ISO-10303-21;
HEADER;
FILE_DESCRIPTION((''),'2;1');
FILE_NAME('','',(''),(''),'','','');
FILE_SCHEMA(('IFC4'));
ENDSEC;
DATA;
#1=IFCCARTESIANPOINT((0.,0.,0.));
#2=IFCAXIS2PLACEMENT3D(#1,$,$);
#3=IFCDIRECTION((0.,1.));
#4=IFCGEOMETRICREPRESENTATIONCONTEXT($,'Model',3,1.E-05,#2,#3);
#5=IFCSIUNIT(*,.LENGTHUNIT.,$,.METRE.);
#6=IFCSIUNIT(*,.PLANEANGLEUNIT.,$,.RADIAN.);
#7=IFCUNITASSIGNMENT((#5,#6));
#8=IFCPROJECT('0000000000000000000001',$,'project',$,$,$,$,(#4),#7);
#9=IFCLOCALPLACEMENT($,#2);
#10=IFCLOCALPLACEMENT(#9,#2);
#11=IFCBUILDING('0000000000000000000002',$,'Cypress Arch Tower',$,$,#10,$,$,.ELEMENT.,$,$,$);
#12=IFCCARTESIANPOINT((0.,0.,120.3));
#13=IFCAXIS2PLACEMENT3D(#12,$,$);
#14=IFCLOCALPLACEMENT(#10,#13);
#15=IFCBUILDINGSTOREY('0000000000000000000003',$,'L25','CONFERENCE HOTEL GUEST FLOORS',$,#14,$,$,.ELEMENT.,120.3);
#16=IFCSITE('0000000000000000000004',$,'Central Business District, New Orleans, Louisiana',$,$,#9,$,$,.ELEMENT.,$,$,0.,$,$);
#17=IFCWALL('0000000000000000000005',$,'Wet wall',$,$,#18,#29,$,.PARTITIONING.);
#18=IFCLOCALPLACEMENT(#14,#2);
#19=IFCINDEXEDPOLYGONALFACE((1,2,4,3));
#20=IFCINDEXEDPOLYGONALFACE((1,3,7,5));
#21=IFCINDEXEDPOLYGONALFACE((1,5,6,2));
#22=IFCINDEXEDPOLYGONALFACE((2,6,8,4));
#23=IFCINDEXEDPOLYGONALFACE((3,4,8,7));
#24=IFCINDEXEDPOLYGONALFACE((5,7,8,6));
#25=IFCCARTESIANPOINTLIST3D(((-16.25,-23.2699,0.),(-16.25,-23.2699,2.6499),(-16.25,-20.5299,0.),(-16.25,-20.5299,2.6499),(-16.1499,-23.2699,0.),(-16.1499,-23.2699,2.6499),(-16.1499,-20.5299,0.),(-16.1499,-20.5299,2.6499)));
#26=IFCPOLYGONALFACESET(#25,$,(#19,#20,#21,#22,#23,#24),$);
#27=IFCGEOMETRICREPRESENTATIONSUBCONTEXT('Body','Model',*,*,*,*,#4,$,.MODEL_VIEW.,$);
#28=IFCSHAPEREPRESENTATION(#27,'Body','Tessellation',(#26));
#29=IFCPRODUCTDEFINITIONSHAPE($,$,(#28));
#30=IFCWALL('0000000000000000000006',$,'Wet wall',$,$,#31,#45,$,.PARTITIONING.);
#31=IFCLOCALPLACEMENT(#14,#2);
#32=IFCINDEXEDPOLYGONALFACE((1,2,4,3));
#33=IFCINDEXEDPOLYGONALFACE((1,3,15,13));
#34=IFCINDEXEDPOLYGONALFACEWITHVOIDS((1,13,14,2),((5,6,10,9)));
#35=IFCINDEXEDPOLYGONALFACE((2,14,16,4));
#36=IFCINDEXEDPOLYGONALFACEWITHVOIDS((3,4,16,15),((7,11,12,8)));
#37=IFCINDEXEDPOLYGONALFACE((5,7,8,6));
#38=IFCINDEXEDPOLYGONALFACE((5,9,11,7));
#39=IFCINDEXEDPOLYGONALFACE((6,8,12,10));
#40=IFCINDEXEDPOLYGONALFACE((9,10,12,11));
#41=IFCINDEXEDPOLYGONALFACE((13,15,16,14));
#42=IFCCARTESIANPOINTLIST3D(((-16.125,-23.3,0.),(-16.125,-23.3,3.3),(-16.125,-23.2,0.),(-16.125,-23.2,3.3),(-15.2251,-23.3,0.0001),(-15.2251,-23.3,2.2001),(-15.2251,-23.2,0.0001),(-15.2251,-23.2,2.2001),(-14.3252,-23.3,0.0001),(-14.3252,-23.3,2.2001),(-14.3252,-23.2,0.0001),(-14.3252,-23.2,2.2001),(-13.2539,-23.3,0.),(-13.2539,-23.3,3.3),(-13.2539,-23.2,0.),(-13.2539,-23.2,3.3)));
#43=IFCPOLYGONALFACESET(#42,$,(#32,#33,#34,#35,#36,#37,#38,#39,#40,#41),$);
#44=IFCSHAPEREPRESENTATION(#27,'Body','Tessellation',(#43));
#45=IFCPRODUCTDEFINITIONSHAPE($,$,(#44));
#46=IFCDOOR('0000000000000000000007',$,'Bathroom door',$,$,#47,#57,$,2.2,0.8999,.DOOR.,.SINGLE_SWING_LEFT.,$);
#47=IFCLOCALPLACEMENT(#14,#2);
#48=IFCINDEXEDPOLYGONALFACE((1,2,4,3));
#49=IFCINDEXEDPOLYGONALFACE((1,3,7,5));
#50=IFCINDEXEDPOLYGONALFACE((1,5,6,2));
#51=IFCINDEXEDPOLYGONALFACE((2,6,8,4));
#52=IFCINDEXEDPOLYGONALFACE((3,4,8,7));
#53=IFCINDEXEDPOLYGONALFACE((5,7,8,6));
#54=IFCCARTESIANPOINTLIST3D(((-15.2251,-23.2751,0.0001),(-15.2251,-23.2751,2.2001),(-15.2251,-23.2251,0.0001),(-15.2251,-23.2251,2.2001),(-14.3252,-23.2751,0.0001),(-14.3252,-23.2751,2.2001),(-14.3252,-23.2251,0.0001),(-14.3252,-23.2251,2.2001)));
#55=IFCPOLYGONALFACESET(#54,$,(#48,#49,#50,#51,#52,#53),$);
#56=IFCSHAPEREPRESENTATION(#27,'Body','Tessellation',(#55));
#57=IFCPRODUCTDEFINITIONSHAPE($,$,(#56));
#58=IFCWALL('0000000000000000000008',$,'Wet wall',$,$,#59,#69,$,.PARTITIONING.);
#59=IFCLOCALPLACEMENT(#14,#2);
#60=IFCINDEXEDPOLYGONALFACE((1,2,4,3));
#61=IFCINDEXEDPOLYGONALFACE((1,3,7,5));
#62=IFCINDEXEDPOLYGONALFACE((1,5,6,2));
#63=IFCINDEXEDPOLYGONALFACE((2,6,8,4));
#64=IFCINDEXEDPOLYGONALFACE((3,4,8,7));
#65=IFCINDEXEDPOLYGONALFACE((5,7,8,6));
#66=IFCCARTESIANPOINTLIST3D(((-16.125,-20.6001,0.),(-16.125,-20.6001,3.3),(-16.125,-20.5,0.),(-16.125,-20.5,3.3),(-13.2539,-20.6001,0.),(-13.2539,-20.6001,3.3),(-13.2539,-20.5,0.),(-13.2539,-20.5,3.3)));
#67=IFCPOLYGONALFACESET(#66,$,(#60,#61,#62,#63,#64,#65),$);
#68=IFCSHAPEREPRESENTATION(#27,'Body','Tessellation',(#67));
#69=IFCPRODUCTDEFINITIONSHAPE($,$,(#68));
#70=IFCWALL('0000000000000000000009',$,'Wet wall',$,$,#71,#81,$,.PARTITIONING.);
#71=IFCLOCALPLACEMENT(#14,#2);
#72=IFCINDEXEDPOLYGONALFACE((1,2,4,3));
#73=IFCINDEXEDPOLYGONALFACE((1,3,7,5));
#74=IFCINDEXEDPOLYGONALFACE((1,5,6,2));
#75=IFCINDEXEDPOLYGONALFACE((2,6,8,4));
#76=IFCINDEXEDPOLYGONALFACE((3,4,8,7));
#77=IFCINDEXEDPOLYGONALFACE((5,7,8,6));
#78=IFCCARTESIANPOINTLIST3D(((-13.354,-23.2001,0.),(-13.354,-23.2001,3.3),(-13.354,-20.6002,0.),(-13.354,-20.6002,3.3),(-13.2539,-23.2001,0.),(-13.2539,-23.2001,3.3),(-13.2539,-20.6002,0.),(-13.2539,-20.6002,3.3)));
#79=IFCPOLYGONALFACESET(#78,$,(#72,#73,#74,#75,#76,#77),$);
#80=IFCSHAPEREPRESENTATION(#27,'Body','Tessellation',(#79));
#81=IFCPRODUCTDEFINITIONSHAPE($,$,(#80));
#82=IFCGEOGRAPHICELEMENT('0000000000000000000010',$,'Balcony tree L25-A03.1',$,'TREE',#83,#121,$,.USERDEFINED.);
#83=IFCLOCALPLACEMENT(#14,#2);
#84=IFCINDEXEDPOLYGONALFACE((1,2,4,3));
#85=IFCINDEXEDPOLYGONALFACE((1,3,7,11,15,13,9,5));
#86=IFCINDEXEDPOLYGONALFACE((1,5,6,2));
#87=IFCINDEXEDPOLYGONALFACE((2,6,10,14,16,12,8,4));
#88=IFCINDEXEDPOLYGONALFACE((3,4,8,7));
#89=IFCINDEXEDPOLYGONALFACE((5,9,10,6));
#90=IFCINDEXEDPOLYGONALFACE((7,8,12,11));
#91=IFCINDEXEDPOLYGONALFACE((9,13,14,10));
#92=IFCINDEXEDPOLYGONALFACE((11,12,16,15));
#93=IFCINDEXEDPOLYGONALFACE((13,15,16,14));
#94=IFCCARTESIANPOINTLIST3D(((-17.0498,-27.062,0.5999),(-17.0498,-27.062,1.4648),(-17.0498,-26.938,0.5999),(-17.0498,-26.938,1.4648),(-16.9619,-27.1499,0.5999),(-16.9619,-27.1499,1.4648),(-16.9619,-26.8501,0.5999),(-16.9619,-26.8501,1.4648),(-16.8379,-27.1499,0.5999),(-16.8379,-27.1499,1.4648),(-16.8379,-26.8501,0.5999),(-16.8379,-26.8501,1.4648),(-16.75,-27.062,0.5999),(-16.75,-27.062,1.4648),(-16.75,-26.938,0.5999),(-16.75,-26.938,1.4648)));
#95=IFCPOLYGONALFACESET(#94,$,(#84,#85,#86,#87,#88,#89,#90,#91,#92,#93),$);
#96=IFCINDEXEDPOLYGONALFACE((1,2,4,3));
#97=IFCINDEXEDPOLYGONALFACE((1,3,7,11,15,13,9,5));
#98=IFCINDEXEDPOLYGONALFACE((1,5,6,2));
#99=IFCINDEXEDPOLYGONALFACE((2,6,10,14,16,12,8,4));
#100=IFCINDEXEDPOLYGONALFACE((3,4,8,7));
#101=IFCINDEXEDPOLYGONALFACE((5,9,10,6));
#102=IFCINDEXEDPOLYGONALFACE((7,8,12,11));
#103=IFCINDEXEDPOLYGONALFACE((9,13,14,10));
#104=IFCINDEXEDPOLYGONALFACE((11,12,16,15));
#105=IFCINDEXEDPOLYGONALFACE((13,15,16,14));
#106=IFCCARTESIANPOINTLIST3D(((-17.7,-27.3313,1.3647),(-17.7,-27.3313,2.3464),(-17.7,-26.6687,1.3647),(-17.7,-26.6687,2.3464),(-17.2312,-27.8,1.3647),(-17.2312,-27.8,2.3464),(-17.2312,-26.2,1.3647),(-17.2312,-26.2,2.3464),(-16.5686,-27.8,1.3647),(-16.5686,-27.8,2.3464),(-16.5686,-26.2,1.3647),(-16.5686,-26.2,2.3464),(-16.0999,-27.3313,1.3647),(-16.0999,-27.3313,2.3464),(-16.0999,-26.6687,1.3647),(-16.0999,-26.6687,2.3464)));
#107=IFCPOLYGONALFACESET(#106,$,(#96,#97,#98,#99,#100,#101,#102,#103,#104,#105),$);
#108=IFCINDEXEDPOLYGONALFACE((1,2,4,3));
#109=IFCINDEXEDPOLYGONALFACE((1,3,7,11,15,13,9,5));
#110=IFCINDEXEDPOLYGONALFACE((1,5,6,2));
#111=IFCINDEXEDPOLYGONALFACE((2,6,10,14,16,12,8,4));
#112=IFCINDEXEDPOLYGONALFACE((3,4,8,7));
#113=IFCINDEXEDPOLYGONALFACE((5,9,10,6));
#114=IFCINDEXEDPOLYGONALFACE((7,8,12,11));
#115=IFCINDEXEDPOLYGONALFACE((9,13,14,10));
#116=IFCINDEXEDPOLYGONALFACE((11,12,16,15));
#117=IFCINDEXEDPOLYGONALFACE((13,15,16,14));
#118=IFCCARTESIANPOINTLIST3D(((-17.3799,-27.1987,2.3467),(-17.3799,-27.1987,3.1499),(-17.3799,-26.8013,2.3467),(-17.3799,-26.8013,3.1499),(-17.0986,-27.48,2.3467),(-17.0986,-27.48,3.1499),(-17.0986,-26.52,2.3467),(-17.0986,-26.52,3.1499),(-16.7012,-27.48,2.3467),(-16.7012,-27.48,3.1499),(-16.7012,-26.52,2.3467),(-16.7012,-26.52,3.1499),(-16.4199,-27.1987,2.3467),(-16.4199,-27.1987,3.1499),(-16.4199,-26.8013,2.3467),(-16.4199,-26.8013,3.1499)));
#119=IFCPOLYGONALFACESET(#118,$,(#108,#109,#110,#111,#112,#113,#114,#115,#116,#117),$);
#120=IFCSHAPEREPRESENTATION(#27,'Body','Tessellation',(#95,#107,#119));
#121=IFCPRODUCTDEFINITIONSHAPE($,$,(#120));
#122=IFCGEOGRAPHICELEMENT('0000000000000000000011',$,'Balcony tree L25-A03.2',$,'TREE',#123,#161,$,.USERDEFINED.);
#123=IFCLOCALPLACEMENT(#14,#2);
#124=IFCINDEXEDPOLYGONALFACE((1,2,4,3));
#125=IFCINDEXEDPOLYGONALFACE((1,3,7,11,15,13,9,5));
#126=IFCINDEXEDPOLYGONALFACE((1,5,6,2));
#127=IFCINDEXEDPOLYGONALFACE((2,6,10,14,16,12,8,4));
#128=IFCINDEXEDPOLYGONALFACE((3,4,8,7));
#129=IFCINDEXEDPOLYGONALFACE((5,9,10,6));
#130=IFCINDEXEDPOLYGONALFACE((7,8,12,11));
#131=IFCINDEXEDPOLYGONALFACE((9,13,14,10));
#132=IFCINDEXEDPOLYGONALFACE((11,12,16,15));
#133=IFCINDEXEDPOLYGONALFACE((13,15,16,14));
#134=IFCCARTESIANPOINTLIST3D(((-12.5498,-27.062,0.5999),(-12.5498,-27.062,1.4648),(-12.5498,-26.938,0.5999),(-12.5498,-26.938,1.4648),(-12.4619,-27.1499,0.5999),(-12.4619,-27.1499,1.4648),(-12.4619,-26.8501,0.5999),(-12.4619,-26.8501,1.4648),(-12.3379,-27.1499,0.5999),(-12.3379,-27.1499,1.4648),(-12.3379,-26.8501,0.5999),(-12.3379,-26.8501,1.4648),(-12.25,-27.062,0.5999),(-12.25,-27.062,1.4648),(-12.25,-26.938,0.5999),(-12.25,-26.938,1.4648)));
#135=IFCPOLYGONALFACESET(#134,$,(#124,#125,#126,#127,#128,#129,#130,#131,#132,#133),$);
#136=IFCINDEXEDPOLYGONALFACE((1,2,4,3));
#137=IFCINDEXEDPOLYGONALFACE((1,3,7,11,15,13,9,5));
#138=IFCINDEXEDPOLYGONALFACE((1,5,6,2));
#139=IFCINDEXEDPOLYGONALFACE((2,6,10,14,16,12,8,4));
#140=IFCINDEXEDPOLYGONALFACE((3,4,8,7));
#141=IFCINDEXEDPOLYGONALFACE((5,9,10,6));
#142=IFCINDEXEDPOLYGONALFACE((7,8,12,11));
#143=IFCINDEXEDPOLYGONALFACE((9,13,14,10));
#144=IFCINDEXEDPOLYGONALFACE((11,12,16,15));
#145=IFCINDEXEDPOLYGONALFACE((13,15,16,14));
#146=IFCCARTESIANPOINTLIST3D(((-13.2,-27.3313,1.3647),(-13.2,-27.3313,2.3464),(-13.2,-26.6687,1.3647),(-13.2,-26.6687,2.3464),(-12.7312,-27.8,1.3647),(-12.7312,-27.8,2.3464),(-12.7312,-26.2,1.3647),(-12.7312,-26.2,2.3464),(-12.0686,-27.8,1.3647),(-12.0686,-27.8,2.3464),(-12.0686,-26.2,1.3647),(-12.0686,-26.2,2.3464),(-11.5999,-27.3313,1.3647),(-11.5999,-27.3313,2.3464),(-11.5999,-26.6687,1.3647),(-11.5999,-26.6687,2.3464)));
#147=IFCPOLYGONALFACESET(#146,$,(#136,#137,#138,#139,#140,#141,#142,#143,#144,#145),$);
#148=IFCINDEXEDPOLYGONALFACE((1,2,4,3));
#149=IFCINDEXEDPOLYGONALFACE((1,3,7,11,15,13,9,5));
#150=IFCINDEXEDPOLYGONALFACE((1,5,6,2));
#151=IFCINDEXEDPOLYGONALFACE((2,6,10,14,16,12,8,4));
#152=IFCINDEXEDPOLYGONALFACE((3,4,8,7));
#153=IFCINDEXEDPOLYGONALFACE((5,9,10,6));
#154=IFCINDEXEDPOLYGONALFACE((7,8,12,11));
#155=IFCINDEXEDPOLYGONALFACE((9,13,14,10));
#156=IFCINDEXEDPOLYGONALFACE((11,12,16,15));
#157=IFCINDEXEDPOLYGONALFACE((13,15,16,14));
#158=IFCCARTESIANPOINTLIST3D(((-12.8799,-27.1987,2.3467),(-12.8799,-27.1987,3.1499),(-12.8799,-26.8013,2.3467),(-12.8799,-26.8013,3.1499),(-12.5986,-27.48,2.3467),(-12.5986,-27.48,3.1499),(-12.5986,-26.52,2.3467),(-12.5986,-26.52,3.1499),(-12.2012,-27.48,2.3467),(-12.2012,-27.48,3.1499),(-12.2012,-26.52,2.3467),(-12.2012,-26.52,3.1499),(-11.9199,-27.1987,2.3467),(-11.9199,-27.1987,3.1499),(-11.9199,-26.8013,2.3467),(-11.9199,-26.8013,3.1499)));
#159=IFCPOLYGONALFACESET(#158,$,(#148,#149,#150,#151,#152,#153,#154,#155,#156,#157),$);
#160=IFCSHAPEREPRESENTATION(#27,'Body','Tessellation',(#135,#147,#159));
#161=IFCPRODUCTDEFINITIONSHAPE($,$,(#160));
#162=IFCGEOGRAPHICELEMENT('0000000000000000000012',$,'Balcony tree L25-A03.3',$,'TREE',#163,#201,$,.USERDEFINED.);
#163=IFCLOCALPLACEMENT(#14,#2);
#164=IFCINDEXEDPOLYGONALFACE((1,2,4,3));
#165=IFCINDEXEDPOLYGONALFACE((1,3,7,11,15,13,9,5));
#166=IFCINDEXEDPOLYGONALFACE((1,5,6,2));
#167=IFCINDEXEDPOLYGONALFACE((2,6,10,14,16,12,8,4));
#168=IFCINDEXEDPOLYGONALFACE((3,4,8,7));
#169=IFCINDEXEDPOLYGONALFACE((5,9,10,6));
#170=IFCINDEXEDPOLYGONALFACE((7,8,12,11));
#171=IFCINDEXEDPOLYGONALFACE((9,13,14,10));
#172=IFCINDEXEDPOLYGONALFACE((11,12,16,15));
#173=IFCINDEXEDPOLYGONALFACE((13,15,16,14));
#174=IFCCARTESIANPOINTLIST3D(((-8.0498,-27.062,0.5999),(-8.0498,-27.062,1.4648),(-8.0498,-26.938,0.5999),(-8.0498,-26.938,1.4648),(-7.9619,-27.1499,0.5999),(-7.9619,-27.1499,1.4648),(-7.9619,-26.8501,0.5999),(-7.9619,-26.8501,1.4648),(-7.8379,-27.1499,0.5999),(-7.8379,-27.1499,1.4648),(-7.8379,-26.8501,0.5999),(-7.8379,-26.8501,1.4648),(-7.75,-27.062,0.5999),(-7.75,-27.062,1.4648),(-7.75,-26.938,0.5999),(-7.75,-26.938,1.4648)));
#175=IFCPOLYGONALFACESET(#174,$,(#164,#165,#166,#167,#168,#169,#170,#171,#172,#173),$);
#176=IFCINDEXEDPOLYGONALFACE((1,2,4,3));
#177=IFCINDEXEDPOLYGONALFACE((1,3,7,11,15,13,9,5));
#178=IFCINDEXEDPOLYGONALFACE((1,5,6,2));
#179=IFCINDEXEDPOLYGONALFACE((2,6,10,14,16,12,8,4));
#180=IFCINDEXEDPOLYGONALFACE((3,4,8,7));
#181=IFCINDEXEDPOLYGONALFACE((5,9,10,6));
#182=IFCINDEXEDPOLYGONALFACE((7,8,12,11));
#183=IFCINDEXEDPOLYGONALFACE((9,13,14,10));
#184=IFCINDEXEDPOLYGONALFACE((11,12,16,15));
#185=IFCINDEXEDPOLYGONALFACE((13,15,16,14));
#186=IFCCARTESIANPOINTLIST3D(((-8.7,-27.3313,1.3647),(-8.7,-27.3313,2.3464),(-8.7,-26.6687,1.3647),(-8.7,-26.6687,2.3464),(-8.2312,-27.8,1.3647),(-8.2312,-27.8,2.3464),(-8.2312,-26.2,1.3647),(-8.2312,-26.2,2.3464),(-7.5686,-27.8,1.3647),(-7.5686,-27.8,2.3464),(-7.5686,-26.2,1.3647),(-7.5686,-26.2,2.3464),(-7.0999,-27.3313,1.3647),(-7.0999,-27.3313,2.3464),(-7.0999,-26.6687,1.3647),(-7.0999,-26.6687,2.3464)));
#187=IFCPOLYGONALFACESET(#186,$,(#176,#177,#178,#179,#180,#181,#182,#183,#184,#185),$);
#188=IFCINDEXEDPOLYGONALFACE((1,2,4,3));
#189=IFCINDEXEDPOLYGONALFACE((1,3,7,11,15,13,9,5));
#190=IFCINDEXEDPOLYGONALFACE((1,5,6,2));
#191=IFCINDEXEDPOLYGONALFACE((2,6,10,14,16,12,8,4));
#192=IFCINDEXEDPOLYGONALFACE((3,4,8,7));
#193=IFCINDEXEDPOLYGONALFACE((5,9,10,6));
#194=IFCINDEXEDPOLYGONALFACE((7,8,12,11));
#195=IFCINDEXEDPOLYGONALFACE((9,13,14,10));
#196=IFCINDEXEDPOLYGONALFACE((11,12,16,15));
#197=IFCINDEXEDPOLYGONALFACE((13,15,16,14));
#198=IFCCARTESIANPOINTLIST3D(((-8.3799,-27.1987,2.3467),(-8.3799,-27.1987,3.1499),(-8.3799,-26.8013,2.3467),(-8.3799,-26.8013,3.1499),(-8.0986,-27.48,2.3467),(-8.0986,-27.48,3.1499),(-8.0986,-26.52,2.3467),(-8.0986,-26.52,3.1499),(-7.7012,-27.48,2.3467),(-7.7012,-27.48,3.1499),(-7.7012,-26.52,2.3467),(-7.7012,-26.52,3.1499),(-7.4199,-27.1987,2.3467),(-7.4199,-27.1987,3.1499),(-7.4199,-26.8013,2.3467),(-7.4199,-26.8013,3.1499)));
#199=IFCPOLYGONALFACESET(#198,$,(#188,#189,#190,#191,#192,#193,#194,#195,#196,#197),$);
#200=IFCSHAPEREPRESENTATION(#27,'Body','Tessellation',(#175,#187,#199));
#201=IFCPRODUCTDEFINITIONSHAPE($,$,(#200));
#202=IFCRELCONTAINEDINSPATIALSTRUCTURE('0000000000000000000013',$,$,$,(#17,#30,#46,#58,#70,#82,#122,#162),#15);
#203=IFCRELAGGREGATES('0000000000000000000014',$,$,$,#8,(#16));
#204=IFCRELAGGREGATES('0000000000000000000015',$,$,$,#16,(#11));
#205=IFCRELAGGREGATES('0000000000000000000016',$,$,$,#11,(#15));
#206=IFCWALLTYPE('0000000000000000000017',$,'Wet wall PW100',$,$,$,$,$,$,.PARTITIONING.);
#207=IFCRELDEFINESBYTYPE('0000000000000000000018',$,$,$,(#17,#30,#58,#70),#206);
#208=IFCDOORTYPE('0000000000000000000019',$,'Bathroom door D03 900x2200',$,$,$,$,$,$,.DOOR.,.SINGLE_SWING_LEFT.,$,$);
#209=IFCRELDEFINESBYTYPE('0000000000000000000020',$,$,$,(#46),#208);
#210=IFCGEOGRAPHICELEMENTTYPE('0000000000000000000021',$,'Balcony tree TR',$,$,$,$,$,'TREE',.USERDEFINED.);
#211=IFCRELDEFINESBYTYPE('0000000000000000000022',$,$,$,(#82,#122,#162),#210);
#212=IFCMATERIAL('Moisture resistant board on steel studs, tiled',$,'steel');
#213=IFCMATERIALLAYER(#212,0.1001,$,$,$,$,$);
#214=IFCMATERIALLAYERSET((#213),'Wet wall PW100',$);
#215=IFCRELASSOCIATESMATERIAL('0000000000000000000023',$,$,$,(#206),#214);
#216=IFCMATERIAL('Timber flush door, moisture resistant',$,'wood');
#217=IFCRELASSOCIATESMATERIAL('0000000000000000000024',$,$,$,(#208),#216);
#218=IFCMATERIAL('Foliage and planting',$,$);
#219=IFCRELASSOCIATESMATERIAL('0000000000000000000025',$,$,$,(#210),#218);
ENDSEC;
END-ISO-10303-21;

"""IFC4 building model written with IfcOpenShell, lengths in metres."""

from ifc_helpers import new_model, si_unit, direction, frame, frame_2d, origin, place, context, subcontext, project, spatial, polyline, rectangle, outline, extrude, material, layer, layer_set, type_object, element, fill, save


model = new_model("IFC4")

# Units and contexts
model_context = context("Model", 3, precision=1e-05, world=origin(), true_north=direction((0.0, 1.0)))
body_context = subcontext(model_context, "Body", "Model", "MODEL_VIEW")
ifc_project = project(units=[si_unit("LENGTHUNIT", "METRE"), si_unit("PLANEANGLEUNIT", "RADIAN")], contexts=[model_context])

# Site, building, storey
site_placement = place(None, origin())
site = spatial("IfcSite", under=ifc_project, at=site_placement, Name="Central Business District, New Orleans, Louisiana", CompositionType="ELEMENT", RefElevation=0.0)
building_placement = place(site_placement, origin())
building = spatial("IfcBuilding", under=site, at=building_placement, Name="Cypress Arch Tower", CompositionType="ELEMENT")
storey_placement = place(building_placement, frame((0.0, 0.0, 120.3)))
storey = spatial("IfcBuildingStorey", under=building, at=storey_placement, Name="L25", Description="CONFERENCE HOTEL GUEST FLOORS", CompositionType="ELEMENT", Elevation=120.3)

# Wall
ifc_material_1 = material(Name="Moisture resistant board on steel studs, tiled", Category="steel")
ifc_layer_1 = layer(ifc_material_1, 0.1001)
ifc_layer_set_1 = layer_set([ifc_layer_1], Name="Wet wall PW100")
wall_type_1 = type_object("IfcWallType", Name="Wet wall PW100", PredefinedType="PARTITIONING", material=ifc_layer_set_1)
wall_1_placement = place(storey_placement, frame((-16.2, -23.27, 0.0), z_axis=(0.0, 0.0, 1.0), x_axis=(0.0, 1.0, 0.0)))
element("IfcWall", 1, at=wall_1_placement, inside=storey, type_object=wall_type_1, Name="Wet wall", PredefinedType="PARTITIONING", context=body_context, shape_type="SweptSolid", body=[
    extrude(rectangle(XDim=2.74, YDim=0.1001, at=frame_2d((1.3701, 0.0))), origin(), (0.0, 0.0, 1.0), 2.6499),
])

# Wall, opening, door
wall_2_placement = place(storey_placement, frame((-16.125, -23.25, 0.0), z_axis=(0.0, 0.0, 1.0), x_axis=(1.0, 0.0, 0.0)))
wall_2 = element("IfcWall", 2, at=wall_2_placement, inside=storey, type_object=wall_type_1, Name="Wet wall", PredefinedType="PARTITIONING", context=body_context, shape_type="SweptSolid", body=[
    extrude(rectangle(XDim=2.8711, YDim=0.1001, at=frame_2d((1.4355, 0.0))), origin(), (0.0, 0.0, 1.0), 3.3),
])
opening_1_placement = place(wall_2_placement, frame((0.8999, 0.0, 0.0)))
opening_1 = element("IfcOpeningElement", 3, at=opening_1_placement, cuts=wall_2, PredefinedType="OPENING", context=body_context, shape_type="SweptSolid", body=[
    extrude(rectangle(XDim=0.8999, YDim=2.2, at=frame_2d((0.45, 1.1001))), frame((0.0, 0.0601, 0.0), z_axis=(0.0, -1.0, 0.0), x_axis=(1.0, 0.0, 0.0)), (0.0, 0.0, 1.0), 0.1201),
])
ifc_material_2 = material(Name="Timber flush door, moisture resistant", Category="wood")
door_type_1 = type_object("IfcDoorType", Name="Bathroom door D03 900x2200", OperationType="SINGLE_SWING_LEFT", PredefinedType="DOOR", material=ifc_material_2)
door_1_placement = place(opening_1_placement, origin())
door_1 = element("IfcDoor", 4, at=door_1_placement, inside=storey, type_object=door_type_1, Name="Bathroom door", OperationType="SINGLE_SWING_LEFT", OverallHeight=2.2, OverallWidth=0.8999, PredefinedType="DOOR", context=body_context, shape_type="SweptSolid", body=[
    extrude(rectangle(XDim=0.8999, YDim=2.2, at=frame_2d((0.45, 1.1001))), frame((0.0, 0.0249, 0.0), z_axis=(0.0, -1.0, 0.0), x_axis=(1.0, 0.0, 0.0)), (0.0, 0.0, 1.0), 0.05),
])
fill(opening_1, door_1)

# Walls
wall_3_placement = place(storey_placement, frame((-16.125, -20.55, 0.0), z_axis=(0.0, 0.0, 1.0), x_axis=(1.0, 0.0, 0.0)))
element("IfcWall", 5, at=wall_3_placement, inside=storey, type_object=wall_type_1, Name="Wet wall", PredefinedType="PARTITIONING", context=body_context, shape_type="SweptSolid", body=[
    extrude(rectangle(XDim=2.8711, YDim=0.1001, at=frame_2d((1.4355, 0.0))), origin(), (0.0, 0.0, 1.0), 3.3),
])
wall_4_placement = place(storey_placement, frame((-13.304, -23.2, 0.0), z_axis=(0.0, 0.0, 1.0), x_axis=(0.0, 1.0, 0.0)))
element("IfcWall", 6, at=wall_4_placement, inside=storey, type_object=wall_type_1, Name="Wet wall", PredefinedType="PARTITIONING", context=body_context, shape_type="SweptSolid", body=[
    extrude(rectangle(XDim=2.5999, YDim=0.1001, at=frame_2d((1.2998, 0.0))), origin(), (0.0, 0.0, 1.0), 3.3),
])

# Geographic elements
ifc_material_3 = material(Name="Foliage and planting")
geographic_element_type = type_object("IfcGeographicElementType", Name="Balcony tree TR", ElementType="TREE", PredefinedType="USERDEFINED", material=ifc_material_3)
for number, where, z_axis, x_axis, name in (
    (7, (-16.8999, -27.0, 0.5999), (0.0, 0.0, 1.0), (1.0, 0.0, 0.0), "Balcony tree L25-A03.1"),
    (8, (-12.3999, -27.0, 0.5999), (0.0, 0.0, 1.0), (1.0, 0.0, 0.0), "Balcony tree L25-A03.2"),
    (9, (-7.8999, -27.0, 0.5999), (0.0, 0.0, 1.0), (1.0, 0.0, 0.0), "Balcony tree L25-A03.3"),
):
    element("IfcGeographicElement", number, at=place(storey_placement, frame(where, z_axis=z_axis, x_axis=x_axis)), inside=storey, type_object=geographic_element_type, Name=name, ObjectType="TREE", PredefinedType="USERDEFINED", context=body_context, shape_type="SweptSolid", body=[
        extrude(outline(polyline([(0.1499, 0.062), (0.062, 0.1499), (-0.062, 0.1499), (-0.1499, 0.062), (-0.1499, -0.062), (-0.062, -0.1499), (0.062, -0.1499), (0.1499, -0.062), (0.1499, 0.062)])), origin(), (0.0, 0.0, 1.0), 0.865),
        extrude(outline(polyline([(0.8, 0.3313), (0.3313, 0.8), (-0.3313, 0.8), (-0.8, 0.3313), (-0.8, -0.3313), (-0.3313, -0.8), (0.3313, -0.8), (0.8, -0.3313), (0.8, 0.3313)])), frame((0.0, 0.0, 0.7649)), (0.0, 0.0, 1.0), 0.9817),
        extrude(outline(polyline([(0.48, 0.1987), (0.1987, 0.48), (-0.1987, 0.48), (-0.48, 0.1987), (-0.48, -0.1987), (-0.1987, -0.48), (0.1987, -0.48), (0.48, -0.1987), (0.48, 0.1987)])), frame((0.0, 0.0, 1.7468)), (0.0, 0.0, 1.0), 0.8032),
    ])

save(model, "model.ifc")
